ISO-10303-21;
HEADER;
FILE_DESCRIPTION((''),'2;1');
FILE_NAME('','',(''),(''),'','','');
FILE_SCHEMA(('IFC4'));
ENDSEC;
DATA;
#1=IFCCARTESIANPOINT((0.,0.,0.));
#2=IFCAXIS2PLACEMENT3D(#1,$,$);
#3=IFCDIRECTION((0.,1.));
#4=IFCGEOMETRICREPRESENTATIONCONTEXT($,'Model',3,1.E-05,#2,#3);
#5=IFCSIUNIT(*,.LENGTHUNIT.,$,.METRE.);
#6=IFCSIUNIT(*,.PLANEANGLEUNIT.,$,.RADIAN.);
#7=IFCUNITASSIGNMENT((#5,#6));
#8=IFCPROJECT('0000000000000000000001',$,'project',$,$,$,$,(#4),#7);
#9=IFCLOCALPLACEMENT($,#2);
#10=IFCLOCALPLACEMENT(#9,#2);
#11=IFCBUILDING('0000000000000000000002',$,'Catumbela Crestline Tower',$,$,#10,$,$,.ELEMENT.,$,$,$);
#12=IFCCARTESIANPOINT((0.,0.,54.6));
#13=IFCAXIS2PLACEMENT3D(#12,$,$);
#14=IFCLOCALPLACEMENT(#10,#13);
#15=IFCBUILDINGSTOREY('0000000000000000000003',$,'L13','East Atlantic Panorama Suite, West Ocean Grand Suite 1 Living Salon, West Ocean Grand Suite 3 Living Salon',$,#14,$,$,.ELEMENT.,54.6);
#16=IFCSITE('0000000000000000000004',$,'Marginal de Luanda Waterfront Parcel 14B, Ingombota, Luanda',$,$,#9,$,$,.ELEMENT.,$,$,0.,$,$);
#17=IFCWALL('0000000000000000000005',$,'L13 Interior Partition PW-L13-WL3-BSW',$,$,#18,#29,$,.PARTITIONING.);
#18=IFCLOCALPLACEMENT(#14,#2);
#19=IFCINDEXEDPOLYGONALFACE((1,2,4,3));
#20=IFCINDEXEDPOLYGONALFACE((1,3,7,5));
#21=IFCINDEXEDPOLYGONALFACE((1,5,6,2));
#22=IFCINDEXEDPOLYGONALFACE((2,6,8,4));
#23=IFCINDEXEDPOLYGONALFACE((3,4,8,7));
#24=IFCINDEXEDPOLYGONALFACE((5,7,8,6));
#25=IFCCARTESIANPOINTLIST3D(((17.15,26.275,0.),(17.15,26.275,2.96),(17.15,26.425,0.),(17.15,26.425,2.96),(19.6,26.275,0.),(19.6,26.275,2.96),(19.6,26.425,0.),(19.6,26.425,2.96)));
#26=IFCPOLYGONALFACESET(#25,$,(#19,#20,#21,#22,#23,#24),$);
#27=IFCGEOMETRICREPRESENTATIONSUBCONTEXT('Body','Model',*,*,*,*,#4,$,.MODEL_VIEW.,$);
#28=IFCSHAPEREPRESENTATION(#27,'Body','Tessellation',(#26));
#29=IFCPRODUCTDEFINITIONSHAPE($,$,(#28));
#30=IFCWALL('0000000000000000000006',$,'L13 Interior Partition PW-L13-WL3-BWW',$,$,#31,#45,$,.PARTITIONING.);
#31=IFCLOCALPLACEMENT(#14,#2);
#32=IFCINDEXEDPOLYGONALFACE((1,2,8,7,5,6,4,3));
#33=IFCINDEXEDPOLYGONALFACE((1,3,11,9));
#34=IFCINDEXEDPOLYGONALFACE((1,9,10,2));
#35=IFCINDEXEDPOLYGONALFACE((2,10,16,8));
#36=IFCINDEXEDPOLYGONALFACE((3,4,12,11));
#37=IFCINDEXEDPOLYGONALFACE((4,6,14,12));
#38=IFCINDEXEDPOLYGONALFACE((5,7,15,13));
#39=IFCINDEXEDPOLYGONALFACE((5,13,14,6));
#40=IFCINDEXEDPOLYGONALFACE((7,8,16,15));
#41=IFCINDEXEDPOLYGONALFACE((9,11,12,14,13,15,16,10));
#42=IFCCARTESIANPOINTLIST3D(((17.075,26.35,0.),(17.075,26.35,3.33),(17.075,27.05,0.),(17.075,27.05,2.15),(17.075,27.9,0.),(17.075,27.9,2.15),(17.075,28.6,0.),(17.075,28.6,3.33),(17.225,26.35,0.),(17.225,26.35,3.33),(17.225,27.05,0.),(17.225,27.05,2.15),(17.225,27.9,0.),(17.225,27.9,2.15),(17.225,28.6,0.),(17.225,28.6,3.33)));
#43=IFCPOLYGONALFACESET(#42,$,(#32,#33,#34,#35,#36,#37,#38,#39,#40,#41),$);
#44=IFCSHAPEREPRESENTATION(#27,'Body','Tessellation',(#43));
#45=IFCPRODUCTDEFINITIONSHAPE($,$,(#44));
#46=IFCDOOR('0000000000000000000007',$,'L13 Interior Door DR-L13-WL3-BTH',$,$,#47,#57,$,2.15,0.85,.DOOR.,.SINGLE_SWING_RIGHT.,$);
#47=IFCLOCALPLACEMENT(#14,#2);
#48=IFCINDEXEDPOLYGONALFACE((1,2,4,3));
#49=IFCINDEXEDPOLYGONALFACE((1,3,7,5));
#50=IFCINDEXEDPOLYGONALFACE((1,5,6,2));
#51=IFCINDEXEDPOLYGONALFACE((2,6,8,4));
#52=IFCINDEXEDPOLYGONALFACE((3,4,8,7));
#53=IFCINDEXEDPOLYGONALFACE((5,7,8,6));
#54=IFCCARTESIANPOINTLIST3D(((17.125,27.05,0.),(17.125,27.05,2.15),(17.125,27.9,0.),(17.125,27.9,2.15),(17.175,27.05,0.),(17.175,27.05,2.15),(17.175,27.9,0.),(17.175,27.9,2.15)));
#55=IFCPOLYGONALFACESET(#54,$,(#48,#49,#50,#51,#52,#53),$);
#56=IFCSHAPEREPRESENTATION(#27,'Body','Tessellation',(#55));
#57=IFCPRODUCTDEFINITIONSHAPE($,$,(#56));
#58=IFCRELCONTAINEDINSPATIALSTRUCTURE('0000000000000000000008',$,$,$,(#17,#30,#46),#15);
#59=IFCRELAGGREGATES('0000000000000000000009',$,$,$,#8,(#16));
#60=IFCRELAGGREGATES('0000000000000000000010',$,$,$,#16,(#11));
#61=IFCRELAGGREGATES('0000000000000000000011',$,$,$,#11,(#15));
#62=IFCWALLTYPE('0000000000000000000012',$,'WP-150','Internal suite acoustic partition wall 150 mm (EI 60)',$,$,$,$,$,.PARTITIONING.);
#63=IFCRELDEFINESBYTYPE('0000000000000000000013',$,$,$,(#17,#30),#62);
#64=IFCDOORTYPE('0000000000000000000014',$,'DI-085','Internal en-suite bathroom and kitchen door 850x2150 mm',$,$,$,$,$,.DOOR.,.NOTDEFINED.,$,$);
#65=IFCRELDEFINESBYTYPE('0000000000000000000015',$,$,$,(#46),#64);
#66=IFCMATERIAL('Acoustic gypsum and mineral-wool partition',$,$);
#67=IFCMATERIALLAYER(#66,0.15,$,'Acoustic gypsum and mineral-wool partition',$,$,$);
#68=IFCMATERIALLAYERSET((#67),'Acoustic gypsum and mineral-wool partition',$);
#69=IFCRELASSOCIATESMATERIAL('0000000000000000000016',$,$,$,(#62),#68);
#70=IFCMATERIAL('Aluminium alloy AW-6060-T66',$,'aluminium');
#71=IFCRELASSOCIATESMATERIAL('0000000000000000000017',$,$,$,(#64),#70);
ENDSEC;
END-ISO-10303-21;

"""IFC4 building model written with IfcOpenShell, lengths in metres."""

from ifc_helpers import new_model, si_unit, direction, frame, frame_2d, origin, place, context, subcontext, project, spatial, rectangle, extrude, material, layer, layer_set, type_object, element, fill, save


model = new_model("IFC4")

# Units and contexts
model_context = context("Model", 3, precision=1e-05, world=origin(), true_north=direction((0.0, 1.0)))
body_context = subcontext(model_context, "Body", "Model", "MODEL_VIEW")
ifc_project = project(units=[si_unit("LENGTHUNIT", "METRE"), si_unit("PLANEANGLEUNIT", "RADIAN")], contexts=[model_context])

# Site, building, storey
site_placement = place(None, origin())
site = spatial("IfcSite", under=ifc_project, at=site_placement, Name="Marginal de Luanda Waterfront Parcel 14B, Ingombota, Luanda", CompositionType="ELEMENT", RefElevation=0.0)
building_placement = place(site_placement, origin())
building = spatial("IfcBuilding", under=site, at=building_placement, Name="Catumbela Crestline Tower", CompositionType="ELEMENT")
storey_placement = place(building_placement, frame((0.0, 0.0, 54.6)))
storey = spatial("IfcBuildingStorey", under=building, at=storey_placement, Name="L13", Description="East Atlantic Panorama Suite, West Ocean Grand Suite 1 Living Salon, West Ocean Grand Suite 3 Living Salon", CompositionType="ELEMENT", Elevation=54.6)

# Shared definitions
ifc_material_1 = material(Name="Acoustic gypsum and mineral-wool partition")
ifc_material_2 = material(Name="Aluminium alloy AW-6060-T66", Category="aluminium")

# Shared definitions
ifc_layer_1 = layer(ifc_material_1, 0.15, Name="Acoustic gypsum and mineral-wool partition")
ifc_layer_set_1 = layer_set([ifc_layer_1], Name="Acoustic gypsum and mineral-wool partition")
wall_type_1 = type_object("IfcWallType", Name="WP-150", Description="Internal suite acoustic partition wall 150 mm (EI 60)", PredefinedType="PARTITIONING", material=ifc_layer_set_1)
door_type_1 = type_object("IfcDoorType", Name="DI-085", Description="Internal en-suite bathroom and kitchen door 850x2150 mm", OperationType="NOTDEFINED", PredefinedType="DOOR", material=ifc_material_2)

# Wall
wall_1_placement = place(storey_placement, frame((17.15, 26.35, 0.0), z_axis=(0.0, 0.0, 1.0), x_axis=(1.0, 0.0, 0.0)))
element("IfcWall", 1, at=wall_1_placement, inside=storey, type_object=wall_type_1, Name="L13 Interior Partition PW-L13-WL3-BSW", PredefinedType="PARTITIONING", context=body_context, shape_type="SweptSolid", body=[
    extrude(rectangle(XDim=2.45, YDim=0.15, at=frame_2d((1.225, 0.0))), origin(), (0.0, 0.0, 1.0), 2.96),
])

# Wall, opening, door
wall_2_placement = place(storey_placement, frame((17.15, 26.35, 0.0), z_axis=(0.0, 0.0, 1.0), x_axis=(0.0, 1.0, 0.0)))
wall_2 = element("IfcWall", 2, at=wall_2_placement, inside=storey, type_object=wall_type_1, Name="L13 Interior Partition PW-L13-WL3-BWW", PredefinedType="PARTITIONING", context=body_context, shape_type="SweptSolid", body=[
    extrude(rectangle(XDim=2.25, YDim=0.15, at=frame_2d((1.125, 0.0))), origin(), (0.0, 0.0, 1.0), 3.33),
])
opening_1_placement = place(wall_2_placement, frame((0.7, 0.0, 0.0)))
opening_1 = element("IfcOpeningElement", 3, at=opening_1_placement, cuts=wall_2, PredefinedType="OPENING", context=body_context, shape_type="SweptSolid", body=[
    extrude(rectangle(XDim=0.85, YDim=2.15, at=frame_2d((0.425, 1.075))), frame((0.0, 0.085, 0.0), z_axis=(0.0, -1.0, 0.0), x_axis=(1.0, 0.0, 0.0)), (0.0, 0.0, 1.0), 0.17),
])
door_1_placement = place(opening_1_placement, origin())
door_1 = element("IfcDoor", 4, at=door_1_placement, inside=storey, type_object=door_type_1, Name="L13 Interior Door DR-L13-WL3-BTH", OperationType="SINGLE_SWING_RIGHT", OverallHeight=2.15, OverallWidth=0.85, PredefinedType="DOOR", context=body_context, shape_type="SweptSolid", body=[
    extrude(rectangle(XDim=0.85, YDim=2.15, at=frame_2d((0.425, 1.075))), frame((0.0, 0.025, 0.0), z_axis=(0.0, -1.0, 0.0), x_axis=(1.0, 0.0, 0.0)), (0.0, 0.0, 1.0), 0.05),
])
fill(opening_1, door_1)

save(model, "model.ifc")
